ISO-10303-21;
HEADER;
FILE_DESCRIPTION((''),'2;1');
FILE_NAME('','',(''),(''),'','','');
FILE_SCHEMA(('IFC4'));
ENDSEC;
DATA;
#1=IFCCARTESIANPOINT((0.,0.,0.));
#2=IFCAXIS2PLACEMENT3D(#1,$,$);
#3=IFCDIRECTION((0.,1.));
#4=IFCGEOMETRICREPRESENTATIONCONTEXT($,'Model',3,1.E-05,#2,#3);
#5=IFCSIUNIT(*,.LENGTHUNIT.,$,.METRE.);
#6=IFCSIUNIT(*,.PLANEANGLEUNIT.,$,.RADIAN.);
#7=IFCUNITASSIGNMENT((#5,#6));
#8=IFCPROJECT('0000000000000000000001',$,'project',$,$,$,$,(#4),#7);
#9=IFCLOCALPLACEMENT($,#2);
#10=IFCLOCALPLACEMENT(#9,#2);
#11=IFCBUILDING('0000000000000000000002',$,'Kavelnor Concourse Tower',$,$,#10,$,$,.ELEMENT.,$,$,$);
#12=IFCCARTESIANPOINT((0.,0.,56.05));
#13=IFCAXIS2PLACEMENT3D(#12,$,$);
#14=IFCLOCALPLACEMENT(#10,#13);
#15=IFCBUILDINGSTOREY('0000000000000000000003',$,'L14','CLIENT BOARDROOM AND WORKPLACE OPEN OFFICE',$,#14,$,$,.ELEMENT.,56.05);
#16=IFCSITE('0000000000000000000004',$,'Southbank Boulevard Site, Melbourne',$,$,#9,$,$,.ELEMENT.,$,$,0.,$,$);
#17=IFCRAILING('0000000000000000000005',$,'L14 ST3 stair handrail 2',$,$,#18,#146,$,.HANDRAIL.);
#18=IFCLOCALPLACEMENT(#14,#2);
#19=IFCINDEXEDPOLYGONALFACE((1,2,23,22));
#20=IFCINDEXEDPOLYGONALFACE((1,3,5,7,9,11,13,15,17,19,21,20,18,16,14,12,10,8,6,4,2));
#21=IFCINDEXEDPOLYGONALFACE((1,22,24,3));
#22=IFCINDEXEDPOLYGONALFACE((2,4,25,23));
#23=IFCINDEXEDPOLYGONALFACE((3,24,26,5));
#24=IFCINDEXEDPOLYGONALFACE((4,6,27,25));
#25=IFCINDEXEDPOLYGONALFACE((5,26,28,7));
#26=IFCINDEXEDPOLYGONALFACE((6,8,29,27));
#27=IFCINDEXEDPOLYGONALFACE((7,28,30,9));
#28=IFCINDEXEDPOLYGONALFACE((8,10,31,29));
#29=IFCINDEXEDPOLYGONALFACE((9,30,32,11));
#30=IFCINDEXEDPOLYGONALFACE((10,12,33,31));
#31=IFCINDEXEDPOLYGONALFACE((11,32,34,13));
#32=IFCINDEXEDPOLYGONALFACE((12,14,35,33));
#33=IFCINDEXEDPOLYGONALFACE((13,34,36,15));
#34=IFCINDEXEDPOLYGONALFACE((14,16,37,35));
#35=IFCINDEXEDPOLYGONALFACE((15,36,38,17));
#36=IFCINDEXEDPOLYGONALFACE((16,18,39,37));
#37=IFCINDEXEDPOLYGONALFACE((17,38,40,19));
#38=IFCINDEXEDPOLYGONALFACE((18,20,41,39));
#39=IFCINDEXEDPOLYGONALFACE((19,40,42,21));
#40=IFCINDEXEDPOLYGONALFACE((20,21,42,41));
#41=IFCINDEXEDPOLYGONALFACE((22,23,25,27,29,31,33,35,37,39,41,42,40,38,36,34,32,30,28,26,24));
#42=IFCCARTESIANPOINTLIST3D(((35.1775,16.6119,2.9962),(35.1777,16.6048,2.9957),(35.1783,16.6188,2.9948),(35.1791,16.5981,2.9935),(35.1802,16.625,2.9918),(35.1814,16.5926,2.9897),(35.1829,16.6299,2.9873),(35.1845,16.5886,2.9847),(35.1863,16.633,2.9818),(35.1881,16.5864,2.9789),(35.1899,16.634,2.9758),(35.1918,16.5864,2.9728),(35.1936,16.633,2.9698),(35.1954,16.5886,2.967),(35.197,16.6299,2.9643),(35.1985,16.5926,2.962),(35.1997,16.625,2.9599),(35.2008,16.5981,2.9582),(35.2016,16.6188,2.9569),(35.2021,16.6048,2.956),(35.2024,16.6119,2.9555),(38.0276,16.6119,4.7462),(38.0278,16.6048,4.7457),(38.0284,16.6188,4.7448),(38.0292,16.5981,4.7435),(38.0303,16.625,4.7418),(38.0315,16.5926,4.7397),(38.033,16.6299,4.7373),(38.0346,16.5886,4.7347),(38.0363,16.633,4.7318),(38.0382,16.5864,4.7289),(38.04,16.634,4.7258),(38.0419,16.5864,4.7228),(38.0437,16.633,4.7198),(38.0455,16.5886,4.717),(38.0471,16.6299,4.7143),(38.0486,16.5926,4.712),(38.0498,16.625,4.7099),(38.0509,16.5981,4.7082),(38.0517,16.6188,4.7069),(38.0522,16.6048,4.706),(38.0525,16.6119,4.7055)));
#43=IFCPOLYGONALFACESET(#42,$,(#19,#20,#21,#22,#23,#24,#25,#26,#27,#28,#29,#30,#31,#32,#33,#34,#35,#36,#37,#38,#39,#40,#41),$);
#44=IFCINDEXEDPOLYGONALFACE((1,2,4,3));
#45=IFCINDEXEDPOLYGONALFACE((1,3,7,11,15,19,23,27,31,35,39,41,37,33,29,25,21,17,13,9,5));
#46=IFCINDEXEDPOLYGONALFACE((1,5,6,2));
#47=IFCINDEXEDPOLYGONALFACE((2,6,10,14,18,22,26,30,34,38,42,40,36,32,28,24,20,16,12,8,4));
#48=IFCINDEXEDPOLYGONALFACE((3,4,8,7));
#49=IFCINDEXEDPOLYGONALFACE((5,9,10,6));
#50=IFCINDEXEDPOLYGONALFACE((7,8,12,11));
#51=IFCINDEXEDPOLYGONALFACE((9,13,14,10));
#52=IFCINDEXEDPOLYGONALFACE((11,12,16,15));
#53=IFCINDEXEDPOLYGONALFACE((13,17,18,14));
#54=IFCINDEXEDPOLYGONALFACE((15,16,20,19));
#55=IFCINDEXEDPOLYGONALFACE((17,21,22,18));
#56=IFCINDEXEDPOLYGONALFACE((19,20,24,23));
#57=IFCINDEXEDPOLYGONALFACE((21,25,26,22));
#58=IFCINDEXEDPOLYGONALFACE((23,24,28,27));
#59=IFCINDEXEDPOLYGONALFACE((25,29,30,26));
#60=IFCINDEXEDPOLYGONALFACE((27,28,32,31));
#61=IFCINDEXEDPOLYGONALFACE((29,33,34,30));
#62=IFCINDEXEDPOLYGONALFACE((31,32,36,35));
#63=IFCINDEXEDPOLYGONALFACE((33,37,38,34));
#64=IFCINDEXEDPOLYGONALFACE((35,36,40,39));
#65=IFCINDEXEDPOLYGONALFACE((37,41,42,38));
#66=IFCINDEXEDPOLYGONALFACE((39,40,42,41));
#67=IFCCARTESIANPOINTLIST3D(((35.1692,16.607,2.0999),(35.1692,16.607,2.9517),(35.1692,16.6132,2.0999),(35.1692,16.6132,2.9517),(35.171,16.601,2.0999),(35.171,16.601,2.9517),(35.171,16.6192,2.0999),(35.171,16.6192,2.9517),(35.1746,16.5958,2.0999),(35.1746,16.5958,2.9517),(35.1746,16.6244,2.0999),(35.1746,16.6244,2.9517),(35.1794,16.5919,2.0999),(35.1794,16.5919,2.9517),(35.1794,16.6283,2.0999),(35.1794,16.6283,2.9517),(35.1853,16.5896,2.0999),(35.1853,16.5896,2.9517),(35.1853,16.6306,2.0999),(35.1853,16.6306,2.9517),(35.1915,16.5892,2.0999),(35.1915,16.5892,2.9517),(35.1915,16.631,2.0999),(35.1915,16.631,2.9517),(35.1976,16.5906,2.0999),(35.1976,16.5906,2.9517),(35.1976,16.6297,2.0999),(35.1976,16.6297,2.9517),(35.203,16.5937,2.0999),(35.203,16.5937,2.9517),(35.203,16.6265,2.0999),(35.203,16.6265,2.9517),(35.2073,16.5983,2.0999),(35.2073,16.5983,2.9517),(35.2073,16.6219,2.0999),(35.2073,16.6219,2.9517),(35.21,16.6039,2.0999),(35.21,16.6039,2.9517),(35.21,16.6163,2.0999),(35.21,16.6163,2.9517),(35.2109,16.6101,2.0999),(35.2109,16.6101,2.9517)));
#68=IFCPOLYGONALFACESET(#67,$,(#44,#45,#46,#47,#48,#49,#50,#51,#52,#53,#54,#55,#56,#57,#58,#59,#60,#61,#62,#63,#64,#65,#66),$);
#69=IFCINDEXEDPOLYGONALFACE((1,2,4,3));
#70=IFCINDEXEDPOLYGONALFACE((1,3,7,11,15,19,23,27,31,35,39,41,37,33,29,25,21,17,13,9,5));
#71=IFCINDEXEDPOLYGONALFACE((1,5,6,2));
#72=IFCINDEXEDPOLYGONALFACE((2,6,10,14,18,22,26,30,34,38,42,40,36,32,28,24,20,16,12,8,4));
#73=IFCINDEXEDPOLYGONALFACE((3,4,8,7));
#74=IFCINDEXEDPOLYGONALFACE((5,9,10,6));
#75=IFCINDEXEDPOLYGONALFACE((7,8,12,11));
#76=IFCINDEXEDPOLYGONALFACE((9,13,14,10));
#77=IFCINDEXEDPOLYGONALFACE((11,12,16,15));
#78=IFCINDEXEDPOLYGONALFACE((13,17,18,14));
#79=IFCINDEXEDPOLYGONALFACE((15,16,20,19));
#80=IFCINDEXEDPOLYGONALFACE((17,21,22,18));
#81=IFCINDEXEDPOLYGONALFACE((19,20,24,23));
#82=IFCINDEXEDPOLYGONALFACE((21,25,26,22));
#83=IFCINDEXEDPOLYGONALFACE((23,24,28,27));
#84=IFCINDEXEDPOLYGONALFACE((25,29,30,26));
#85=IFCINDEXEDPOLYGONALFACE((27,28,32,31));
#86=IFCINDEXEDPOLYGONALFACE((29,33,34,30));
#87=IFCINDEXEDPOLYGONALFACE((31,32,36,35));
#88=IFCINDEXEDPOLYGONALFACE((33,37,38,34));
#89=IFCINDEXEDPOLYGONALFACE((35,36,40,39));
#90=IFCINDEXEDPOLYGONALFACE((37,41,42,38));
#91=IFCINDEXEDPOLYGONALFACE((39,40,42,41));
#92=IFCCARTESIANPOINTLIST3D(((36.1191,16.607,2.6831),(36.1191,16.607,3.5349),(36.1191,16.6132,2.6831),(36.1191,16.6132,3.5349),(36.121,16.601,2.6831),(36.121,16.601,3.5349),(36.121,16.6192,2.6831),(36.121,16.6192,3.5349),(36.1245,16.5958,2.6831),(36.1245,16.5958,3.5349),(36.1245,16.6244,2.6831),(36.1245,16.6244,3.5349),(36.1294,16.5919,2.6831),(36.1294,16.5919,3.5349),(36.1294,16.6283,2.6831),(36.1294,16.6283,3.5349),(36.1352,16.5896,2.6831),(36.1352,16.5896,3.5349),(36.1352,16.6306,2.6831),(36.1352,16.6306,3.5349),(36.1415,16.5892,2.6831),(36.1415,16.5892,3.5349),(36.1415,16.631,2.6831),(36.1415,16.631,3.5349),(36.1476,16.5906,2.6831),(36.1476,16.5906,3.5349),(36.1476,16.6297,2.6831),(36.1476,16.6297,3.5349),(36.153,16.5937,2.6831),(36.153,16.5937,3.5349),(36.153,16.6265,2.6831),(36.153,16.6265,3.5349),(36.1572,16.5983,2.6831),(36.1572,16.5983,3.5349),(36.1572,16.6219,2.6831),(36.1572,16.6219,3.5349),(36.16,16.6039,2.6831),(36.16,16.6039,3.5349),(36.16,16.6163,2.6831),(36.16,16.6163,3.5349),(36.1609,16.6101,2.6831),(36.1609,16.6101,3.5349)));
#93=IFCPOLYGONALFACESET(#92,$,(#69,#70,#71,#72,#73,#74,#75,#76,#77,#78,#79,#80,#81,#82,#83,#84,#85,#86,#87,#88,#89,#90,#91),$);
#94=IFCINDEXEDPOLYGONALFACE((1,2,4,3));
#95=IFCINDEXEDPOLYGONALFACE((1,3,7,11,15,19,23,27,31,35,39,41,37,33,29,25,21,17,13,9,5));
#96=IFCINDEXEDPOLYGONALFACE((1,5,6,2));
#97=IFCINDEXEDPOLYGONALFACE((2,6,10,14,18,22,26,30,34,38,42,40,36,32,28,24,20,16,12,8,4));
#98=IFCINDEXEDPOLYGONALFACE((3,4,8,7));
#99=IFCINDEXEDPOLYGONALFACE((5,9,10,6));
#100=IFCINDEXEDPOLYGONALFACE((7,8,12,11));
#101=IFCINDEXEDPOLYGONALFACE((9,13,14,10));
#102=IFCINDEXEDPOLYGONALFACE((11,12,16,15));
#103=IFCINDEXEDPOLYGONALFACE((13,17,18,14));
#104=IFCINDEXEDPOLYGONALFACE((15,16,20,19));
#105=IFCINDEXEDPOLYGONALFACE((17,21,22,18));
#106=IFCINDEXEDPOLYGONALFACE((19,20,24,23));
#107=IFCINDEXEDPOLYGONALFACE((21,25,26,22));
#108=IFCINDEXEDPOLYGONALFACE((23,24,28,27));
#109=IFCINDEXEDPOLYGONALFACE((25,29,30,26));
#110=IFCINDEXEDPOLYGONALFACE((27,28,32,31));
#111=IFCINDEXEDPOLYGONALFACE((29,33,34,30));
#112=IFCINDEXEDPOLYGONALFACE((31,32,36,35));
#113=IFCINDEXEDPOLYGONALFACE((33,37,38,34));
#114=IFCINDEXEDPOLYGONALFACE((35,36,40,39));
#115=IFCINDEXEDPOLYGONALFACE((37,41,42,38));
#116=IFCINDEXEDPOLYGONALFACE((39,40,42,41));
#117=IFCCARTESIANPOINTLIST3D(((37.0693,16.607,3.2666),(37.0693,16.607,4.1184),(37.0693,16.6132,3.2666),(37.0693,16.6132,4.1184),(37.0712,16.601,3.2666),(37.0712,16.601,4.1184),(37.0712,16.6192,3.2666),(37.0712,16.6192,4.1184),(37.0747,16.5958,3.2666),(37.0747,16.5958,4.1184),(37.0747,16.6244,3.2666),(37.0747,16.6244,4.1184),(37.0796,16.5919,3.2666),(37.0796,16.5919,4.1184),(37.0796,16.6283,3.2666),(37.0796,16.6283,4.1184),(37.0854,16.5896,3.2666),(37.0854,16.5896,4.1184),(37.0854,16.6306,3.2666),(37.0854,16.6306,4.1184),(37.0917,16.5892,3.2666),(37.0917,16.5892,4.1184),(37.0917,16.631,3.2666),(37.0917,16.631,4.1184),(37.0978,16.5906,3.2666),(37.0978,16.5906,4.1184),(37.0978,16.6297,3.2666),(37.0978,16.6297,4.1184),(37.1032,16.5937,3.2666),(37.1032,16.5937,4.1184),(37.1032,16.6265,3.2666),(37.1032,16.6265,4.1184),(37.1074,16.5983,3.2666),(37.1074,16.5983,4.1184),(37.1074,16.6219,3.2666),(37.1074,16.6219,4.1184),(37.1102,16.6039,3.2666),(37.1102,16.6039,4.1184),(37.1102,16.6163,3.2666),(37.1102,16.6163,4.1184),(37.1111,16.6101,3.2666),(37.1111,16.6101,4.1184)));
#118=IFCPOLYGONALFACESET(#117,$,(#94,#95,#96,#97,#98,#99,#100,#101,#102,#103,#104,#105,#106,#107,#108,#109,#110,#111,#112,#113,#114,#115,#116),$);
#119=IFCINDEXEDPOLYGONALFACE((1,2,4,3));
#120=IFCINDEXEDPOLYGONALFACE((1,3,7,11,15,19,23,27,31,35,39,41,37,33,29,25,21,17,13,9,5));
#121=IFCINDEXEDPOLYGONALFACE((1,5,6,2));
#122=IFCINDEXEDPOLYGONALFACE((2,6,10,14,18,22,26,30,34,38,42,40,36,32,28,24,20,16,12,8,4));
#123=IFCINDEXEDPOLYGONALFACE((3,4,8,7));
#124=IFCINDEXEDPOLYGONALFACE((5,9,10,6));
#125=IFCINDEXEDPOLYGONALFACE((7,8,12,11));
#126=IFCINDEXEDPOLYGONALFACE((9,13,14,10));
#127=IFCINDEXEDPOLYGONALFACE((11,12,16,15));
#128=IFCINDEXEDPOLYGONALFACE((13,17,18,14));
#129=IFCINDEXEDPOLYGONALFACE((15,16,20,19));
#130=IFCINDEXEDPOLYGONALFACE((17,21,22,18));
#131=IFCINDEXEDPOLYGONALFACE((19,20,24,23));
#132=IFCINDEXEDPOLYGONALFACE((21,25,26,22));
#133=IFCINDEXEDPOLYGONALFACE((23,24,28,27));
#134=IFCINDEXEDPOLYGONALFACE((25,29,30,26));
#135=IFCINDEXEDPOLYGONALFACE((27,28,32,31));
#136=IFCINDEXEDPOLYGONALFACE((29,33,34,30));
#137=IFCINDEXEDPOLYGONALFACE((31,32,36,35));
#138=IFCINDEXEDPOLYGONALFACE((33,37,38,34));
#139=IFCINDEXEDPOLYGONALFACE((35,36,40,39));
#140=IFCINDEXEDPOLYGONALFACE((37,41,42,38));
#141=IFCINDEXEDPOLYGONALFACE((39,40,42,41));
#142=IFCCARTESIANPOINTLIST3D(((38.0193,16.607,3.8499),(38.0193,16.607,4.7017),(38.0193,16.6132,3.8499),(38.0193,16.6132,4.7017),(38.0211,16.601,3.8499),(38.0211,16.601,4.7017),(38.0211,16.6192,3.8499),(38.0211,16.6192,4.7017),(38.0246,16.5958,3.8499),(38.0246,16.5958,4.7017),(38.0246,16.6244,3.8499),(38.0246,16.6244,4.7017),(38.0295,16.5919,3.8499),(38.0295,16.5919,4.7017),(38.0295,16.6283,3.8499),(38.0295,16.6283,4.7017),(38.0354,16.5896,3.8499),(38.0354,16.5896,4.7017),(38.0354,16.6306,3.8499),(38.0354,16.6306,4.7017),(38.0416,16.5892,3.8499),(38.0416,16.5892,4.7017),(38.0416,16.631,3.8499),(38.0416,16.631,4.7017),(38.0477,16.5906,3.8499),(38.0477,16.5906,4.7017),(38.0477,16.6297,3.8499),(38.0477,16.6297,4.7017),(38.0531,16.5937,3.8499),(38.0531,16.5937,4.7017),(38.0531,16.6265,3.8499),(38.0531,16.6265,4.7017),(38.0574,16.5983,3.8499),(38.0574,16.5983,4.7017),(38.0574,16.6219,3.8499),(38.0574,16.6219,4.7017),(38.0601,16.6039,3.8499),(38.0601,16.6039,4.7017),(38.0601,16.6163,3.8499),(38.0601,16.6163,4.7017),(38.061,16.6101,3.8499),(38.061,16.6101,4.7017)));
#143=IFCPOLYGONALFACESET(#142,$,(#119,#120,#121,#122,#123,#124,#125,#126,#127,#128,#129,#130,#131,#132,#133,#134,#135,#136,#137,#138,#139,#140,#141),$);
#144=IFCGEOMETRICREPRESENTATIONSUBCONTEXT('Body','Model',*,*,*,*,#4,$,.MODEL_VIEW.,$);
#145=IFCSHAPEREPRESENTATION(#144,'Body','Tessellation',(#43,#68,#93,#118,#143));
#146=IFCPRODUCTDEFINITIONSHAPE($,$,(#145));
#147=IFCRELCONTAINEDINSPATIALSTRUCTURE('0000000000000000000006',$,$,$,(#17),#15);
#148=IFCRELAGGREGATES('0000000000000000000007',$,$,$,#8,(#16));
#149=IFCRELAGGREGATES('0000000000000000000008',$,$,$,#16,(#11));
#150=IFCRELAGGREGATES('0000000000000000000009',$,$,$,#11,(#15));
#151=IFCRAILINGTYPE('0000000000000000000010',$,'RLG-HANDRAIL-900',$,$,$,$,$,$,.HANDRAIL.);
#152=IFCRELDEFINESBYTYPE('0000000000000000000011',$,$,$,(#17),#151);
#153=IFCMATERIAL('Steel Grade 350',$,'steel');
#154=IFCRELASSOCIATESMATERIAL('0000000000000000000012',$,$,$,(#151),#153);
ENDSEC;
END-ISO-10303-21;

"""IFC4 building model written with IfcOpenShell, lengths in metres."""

from ifc_helpers import new_model, si_unit, direction, frame, origin, origin_2d, place, context, subcontext, project, spatial, circle, extrude, material, type_object, element, save


model = new_model("IFC4")

# Units and contexts
model_context = context("Model", 3, precision=1e-05, world=origin(), true_north=direction((0.0, 1.0)))
body_context = subcontext(model_context, "Body", "Model", "MODEL_VIEW")
ifc_project = project(units=[si_unit("LENGTHUNIT", "METRE"), si_unit("PLANEANGLEUNIT", "RADIAN")], contexts=[model_context])

# Site, building, storey
site_placement = place(None, origin())
site = spatial("IfcSite", under=ifc_project, at=site_placement, Name="Southbank Boulevard Site, Melbourne", CompositionType="ELEMENT", RefElevation=0.0)
building_placement = place(site_placement, origin())
building = spatial("IfcBuilding", under=site, at=building_placement, Name="Kavelnor Concourse Tower", CompositionType="ELEMENT")
storey_placement = place(building_placement, frame((0.0, 0.0, 56.05)))
storey = spatial("IfcBuildingStorey", under=building, at=storey_placement, Name="L14", Description="CLIENT BOARDROOM AND WORKPLACE OPEN OFFICE", CompositionType="ELEMENT", Elevation=56.05)

# Shared definitions
ifc_material_1 = material(Name="Steel Grade 350", Category="steel")

# Railing
railing_type_1 = type_object("IfcRailingType", Name="RLG-HANDRAIL-900", PredefinedType="HANDRAIL", material=ifc_material_1)
railing_1_placement = place(storey_placement, frame((35.1899, 16.6101, 2.0999)))
element("IfcRailing", 1, at=railing_1_placement, inside=storey, type_object=railing_type_1, Name="L14 ST3 stair handrail 2", PredefinedType="HANDRAIL", context=body_context, shape_type="SweptSolid", body=[
    extrude(circle(Radius=0.0239, at=origin_2d()), frame((0.0, 0.0, 0.876), z_axis=(0.852179, 0.0, 0.52325), x_axis=(0.0, 1.0, 0.0)), (0.0, 0.0, 1.0), 3.3445),
    extrude(circle(Radius=0.021, at=origin_2d()), origin(), (0.0, 0.0, 1.0), 0.8518),
    extrude(circle(Radius=0.021, at=origin_2d()), frame((0.95, 0.0, 0.5833)), (0.0, 0.0, 1.0), 0.8518),
    extrude(circle(Radius=0.021, at=origin_2d()), frame((1.9001, 0.0, 1.1667)), (0.0, 0.0, 1.0), 0.8518),
    extrude(circle(Radius=0.021, at=origin_2d()), frame((2.8501, 0.0, 1.75)), (0.0, 0.0, 1.0), 0.8518),
])

save(model, "model.ifc")
